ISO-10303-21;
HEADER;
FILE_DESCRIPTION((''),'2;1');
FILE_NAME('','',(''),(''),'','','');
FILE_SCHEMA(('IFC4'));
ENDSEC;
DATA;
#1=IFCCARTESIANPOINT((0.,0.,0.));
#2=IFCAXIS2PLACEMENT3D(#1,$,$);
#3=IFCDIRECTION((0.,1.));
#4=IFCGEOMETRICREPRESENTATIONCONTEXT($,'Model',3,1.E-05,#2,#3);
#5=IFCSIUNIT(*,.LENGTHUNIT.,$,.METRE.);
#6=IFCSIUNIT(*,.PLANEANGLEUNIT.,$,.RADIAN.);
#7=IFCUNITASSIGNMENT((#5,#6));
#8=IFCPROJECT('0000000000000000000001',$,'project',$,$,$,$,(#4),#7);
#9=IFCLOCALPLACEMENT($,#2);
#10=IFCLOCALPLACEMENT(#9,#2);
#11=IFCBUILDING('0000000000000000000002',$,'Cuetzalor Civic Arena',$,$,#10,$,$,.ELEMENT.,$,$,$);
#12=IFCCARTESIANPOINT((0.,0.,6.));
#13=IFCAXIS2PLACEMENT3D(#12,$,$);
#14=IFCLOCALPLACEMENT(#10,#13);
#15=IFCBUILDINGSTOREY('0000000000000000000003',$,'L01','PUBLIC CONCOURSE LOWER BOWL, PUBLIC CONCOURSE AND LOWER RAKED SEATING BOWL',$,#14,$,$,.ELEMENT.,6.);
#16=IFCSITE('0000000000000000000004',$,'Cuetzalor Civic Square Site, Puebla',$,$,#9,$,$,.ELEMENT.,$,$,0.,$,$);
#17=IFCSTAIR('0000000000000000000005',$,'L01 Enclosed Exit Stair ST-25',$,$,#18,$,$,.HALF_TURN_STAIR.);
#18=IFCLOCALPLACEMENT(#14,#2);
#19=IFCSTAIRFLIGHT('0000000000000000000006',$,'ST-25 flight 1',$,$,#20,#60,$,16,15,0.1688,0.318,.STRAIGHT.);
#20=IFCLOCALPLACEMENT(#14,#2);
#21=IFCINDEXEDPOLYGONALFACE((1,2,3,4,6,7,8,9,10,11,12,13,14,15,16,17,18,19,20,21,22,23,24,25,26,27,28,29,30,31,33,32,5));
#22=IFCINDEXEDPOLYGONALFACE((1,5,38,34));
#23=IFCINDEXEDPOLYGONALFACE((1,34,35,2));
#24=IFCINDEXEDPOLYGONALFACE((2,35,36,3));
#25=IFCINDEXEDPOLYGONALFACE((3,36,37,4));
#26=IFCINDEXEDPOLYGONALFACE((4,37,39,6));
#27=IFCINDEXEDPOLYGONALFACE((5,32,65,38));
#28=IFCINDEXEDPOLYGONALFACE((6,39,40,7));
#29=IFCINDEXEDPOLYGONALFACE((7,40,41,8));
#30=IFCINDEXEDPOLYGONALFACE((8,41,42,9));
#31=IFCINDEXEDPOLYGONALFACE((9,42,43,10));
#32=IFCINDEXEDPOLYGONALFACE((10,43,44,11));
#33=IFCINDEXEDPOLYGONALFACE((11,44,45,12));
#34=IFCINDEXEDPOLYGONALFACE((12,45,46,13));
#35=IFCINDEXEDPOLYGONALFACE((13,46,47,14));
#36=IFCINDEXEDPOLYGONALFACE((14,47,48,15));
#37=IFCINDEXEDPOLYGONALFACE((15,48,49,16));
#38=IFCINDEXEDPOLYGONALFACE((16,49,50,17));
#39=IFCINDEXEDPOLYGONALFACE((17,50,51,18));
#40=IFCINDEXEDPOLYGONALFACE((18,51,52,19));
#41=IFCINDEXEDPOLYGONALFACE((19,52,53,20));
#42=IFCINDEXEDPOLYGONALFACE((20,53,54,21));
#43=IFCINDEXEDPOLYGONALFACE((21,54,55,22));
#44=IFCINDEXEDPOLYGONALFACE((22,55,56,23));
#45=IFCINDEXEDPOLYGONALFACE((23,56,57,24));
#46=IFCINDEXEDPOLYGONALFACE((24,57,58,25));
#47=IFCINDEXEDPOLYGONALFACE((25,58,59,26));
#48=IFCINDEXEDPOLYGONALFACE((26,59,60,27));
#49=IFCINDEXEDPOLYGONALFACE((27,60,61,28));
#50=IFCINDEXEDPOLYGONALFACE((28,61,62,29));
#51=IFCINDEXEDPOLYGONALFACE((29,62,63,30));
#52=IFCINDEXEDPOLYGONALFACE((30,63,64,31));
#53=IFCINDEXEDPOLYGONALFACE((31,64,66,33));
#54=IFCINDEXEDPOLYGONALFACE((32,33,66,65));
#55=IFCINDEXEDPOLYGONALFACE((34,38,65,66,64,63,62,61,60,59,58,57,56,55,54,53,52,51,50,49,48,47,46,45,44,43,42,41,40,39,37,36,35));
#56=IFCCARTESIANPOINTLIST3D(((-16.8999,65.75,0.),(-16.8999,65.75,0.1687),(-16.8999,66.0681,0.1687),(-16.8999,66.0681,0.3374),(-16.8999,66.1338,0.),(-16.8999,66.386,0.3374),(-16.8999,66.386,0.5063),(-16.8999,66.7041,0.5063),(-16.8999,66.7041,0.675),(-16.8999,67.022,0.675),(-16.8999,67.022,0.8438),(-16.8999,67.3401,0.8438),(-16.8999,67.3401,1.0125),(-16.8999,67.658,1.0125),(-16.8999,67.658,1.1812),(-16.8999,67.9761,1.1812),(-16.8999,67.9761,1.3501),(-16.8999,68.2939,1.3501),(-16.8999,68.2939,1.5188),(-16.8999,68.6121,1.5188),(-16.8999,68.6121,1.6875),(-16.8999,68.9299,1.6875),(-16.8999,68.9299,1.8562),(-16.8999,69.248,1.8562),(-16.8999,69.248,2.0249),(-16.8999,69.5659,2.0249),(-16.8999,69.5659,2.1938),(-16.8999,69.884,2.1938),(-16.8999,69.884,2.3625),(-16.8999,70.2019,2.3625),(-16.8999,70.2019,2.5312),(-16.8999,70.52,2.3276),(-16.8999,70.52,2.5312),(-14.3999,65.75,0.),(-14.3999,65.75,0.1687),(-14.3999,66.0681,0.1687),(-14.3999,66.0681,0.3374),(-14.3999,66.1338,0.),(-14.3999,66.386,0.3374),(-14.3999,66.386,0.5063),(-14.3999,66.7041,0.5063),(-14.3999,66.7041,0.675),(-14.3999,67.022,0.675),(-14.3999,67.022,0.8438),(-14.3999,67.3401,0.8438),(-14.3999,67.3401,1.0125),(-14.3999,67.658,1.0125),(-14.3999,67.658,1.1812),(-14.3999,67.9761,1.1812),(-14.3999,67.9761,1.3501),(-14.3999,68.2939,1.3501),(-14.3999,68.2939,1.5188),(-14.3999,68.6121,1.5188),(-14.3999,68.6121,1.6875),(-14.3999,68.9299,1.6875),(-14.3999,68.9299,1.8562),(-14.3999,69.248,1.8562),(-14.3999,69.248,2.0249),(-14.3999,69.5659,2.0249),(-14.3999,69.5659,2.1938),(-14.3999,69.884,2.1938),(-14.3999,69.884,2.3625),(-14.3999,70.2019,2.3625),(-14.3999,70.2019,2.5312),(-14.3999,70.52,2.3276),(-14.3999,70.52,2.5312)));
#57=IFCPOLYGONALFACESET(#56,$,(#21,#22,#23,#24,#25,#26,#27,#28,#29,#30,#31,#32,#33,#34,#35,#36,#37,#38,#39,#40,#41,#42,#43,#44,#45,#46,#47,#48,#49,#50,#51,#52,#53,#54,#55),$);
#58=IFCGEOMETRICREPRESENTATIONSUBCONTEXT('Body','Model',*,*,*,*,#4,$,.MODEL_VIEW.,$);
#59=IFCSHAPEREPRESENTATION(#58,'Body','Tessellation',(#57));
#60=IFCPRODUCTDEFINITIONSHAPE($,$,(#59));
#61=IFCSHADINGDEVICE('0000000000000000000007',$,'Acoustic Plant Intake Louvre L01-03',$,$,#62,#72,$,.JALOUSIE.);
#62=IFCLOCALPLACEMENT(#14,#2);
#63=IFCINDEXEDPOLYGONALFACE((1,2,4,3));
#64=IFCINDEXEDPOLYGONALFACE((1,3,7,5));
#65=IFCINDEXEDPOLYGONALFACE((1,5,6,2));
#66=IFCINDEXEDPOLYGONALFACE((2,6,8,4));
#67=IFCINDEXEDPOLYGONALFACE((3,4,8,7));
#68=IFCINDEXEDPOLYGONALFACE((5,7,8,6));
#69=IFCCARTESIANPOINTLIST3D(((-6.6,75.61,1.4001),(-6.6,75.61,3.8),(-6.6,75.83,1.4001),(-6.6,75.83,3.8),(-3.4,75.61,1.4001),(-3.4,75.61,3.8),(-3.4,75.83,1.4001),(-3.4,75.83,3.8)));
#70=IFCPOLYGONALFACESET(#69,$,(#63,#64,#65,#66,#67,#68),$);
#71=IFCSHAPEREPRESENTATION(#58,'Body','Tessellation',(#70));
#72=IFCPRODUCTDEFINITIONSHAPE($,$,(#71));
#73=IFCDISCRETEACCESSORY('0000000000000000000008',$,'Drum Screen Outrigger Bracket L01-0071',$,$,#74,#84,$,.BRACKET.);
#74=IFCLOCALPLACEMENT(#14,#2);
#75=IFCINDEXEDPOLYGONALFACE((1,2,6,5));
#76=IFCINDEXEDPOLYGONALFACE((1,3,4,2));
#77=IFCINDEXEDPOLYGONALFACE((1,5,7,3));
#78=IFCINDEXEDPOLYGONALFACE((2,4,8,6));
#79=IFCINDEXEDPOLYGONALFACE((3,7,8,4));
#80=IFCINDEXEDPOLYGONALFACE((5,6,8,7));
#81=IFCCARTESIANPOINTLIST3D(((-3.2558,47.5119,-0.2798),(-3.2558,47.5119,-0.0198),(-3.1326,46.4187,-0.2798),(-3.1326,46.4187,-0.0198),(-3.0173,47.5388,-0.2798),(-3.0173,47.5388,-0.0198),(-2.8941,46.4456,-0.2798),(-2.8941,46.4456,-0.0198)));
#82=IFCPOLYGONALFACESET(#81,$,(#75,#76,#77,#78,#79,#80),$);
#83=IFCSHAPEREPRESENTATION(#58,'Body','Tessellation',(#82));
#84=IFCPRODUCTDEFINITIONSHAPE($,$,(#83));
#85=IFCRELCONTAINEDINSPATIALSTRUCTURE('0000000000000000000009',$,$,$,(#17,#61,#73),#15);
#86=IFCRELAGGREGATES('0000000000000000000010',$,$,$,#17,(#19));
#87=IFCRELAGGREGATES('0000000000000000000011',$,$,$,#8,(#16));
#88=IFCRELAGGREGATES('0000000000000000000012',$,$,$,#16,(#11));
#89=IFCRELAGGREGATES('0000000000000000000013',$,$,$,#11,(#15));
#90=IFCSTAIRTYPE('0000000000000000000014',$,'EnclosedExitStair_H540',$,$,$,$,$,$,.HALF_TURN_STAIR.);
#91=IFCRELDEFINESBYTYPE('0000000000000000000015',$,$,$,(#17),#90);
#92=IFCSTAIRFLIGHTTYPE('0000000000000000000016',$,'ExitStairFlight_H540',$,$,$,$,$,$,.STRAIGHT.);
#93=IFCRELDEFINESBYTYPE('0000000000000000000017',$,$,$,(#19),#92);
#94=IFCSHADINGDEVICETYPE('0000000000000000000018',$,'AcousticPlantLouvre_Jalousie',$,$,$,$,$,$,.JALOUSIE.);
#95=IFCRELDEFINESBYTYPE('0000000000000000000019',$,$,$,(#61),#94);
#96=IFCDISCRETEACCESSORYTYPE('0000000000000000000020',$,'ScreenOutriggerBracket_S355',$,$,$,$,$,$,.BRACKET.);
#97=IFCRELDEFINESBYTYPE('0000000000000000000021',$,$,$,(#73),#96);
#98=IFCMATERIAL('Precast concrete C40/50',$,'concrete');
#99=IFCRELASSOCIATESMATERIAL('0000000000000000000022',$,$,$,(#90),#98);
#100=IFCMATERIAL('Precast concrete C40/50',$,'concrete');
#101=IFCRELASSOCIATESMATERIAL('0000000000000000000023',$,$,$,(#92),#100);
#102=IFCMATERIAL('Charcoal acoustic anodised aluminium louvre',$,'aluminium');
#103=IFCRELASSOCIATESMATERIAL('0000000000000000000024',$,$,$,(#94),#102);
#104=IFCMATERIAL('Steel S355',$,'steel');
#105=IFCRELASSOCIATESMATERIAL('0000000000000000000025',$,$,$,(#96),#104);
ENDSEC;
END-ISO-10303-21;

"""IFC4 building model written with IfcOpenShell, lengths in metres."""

from ifc_helpers import new_model, si_unit, direction, frame, origin, origin_2d, place, context, subcontext, project, spatial, polyline, rectangle, outline, extrude, material, type_object, element, aggregate, save


model = new_model("IFC4")

# Units and contexts
model_context = context("Model", 3, precision=1e-05, world=origin(), true_north=direction((0.0, 1.0)))
body_context = subcontext(model_context, "Body", "Model", "MODEL_VIEW")
ifc_project = project(units=[si_unit("LENGTHUNIT", "METRE"), si_unit("PLANEANGLEUNIT", "RADIAN")], contexts=[model_context])

# Site, building, storey
site_placement = place(None, origin())
site = spatial("IfcSite", under=ifc_project, at=site_placement, Name="Cuetzalor Civic Square Site, Puebla", CompositionType="ELEMENT", RefElevation=0.0)
building_placement = place(site_placement, origin())
building = spatial("IfcBuilding", under=site, at=building_placement, Name="Cuetzalor Civic Arena", CompositionType="ELEMENT")
storey_placement = place(building_placement, frame((0.0, 0.0, 6.0)))
storey = spatial("IfcBuildingStorey", under=building, at=storey_placement, Name="L01", Description="PUBLIC CONCOURSE LOWER BOWL, PUBLIC CONCOURSE AND LOWER RAKED SEATING BOWL", CompositionType="ELEMENT", Elevation=6.0)

# Stair, stair flight
ifc_material_1 = material(Name="Precast concrete C40/50", Category="concrete")
stair_type = type_object("IfcStairType", Name="EnclosedExitStair_H540", PredefinedType="HALF_TURN_STAIR", material=ifc_material_1)
stair_placement = place(storey_placement, origin())
stair = element("IfcStair", 1, at=stair_placement, inside=storey, type_object=stair_type, Name="L01 Enclosed Exit Stair ST-25", PredefinedType="HALF_TURN_STAIR")
ifc_material_2 = material(Name="Precast concrete C40/50", Category="concrete")
stair_flight_type = type_object("IfcStairFlightType", Name="ExitStairFlight_H540", PredefinedType="STRAIGHT", material=ifc_material_2)
stair_flight_placement = place(storey_placement, frame((-15.6499, 65.75, 0.0), z_axis=(0.0, 0.0, 1.0), x_axis=(0.0, 1.0, 0.0)))
stair_flight = element("IfcStairFlight", 2, at=stair_flight_placement, type_object=stair_flight_type, Name="ST-25 flight 1", NumberOfRisers=16, NumberOfTreads=15, PredefinedType="STRAIGHT", RiserHeight=0.1688, TreadLength=0.318, context=body_context, shape_type="SweptSolid", body=[
    extrude(outline(polyline([(0.0, 0.0), (0.0, 0.1687), (0.3181, 0.1687), (0.3181, 0.3374), (0.636, 0.3374), (0.636, 0.5063), (0.9541, 0.5063), (0.9541, 0.675), (1.272, 0.675), (1.272, 0.8438), (1.5901, 0.8438), (1.5901, 1.0125), (1.908, 1.0125), (1.908, 1.1812), (2.2261, 1.1812), (2.2261, 1.3501), (2.5439, 1.3501), (2.5439, 1.5188), (2.8621, 1.5188), (2.8621, 1.6875), (3.1799, 1.6875), (3.1799, 1.8562), (3.498, 1.8562), (3.498, 2.0249), (3.8159, 2.0249), (3.8159, 2.1938), (4.134, 2.1938), (4.134, 2.3625), (4.4519, 2.3625), (4.4519, 2.5312), (4.77, 2.5312), (4.77, 2.7), (4.77, 2.3276), (0.3838, 0.0), (0.0, 0.0)])), frame((0.0, 1.25, 0.0), z_axis=(0.0, -1.0, 0.0), x_axis=(1.0, 0.0, 0.0)), (0.0, 0.0, 1.0), 2.5),
])
aggregate(stair, [stair_flight])

# Shading device
ifc_material_3 = material(Name="Charcoal acoustic anodised aluminium louvre", Category="aluminium")
shading_device_type = type_object("IfcShadingDeviceType", Name="AcousticPlantLouvre_Jalousie", PredefinedType="JALOUSIE", material=ifc_material_3)
shading_device_placement = place(storey_placement, frame((-5.0, 75.72, 1.4001), z_axis=(0.0, 0.0, 1.0), x_axis=(1.0, 0.0, 0.0)))
element("IfcShadingDevice", 3, at=shading_device_placement, inside=storey, type_object=shading_device_type, Name="Acoustic Plant Intake Louvre L01-03", PredefinedType="JALOUSIE", context=body_context, shape_type="SweptSolid", body=[
    extrude(rectangle(XDim=3.2, YDim=0.22, at=origin_2d()), origin(), (0.0, 0.0, 1.0), 2.3999),
])

# Discrete accessory
ifc_material_4 = material(Name="Steel S355", Category="steel")
discrete_accessory_type = type_object("IfcDiscreteAccessoryType", Name="ScreenOutriggerBracket_S355", PredefinedType="BRACKET", material=ifc_material_4)
discrete_accessory_placement = place(storey_placement, frame((-3.075, 46.9788, -0.2798), z_axis=(0.0, 0.0, 1.0), x_axis=(-0.111989, 0.993709, 0.0)))
element("IfcDiscreteAccessory", 4, at=discrete_accessory_placement, inside=storey, type_object=discrete_accessory_type, Name="Drum Screen Outrigger Bracket L01-0071", PredefinedType="BRACKET", context=body_context, shape_type="SweptSolid", body=[
    extrude(rectangle(XDim=1.1001, YDim=0.24, at=origin_2d()), origin(), (0.0, 0.0, 1.0), 0.26),
])

save(model, "model.ifc")
